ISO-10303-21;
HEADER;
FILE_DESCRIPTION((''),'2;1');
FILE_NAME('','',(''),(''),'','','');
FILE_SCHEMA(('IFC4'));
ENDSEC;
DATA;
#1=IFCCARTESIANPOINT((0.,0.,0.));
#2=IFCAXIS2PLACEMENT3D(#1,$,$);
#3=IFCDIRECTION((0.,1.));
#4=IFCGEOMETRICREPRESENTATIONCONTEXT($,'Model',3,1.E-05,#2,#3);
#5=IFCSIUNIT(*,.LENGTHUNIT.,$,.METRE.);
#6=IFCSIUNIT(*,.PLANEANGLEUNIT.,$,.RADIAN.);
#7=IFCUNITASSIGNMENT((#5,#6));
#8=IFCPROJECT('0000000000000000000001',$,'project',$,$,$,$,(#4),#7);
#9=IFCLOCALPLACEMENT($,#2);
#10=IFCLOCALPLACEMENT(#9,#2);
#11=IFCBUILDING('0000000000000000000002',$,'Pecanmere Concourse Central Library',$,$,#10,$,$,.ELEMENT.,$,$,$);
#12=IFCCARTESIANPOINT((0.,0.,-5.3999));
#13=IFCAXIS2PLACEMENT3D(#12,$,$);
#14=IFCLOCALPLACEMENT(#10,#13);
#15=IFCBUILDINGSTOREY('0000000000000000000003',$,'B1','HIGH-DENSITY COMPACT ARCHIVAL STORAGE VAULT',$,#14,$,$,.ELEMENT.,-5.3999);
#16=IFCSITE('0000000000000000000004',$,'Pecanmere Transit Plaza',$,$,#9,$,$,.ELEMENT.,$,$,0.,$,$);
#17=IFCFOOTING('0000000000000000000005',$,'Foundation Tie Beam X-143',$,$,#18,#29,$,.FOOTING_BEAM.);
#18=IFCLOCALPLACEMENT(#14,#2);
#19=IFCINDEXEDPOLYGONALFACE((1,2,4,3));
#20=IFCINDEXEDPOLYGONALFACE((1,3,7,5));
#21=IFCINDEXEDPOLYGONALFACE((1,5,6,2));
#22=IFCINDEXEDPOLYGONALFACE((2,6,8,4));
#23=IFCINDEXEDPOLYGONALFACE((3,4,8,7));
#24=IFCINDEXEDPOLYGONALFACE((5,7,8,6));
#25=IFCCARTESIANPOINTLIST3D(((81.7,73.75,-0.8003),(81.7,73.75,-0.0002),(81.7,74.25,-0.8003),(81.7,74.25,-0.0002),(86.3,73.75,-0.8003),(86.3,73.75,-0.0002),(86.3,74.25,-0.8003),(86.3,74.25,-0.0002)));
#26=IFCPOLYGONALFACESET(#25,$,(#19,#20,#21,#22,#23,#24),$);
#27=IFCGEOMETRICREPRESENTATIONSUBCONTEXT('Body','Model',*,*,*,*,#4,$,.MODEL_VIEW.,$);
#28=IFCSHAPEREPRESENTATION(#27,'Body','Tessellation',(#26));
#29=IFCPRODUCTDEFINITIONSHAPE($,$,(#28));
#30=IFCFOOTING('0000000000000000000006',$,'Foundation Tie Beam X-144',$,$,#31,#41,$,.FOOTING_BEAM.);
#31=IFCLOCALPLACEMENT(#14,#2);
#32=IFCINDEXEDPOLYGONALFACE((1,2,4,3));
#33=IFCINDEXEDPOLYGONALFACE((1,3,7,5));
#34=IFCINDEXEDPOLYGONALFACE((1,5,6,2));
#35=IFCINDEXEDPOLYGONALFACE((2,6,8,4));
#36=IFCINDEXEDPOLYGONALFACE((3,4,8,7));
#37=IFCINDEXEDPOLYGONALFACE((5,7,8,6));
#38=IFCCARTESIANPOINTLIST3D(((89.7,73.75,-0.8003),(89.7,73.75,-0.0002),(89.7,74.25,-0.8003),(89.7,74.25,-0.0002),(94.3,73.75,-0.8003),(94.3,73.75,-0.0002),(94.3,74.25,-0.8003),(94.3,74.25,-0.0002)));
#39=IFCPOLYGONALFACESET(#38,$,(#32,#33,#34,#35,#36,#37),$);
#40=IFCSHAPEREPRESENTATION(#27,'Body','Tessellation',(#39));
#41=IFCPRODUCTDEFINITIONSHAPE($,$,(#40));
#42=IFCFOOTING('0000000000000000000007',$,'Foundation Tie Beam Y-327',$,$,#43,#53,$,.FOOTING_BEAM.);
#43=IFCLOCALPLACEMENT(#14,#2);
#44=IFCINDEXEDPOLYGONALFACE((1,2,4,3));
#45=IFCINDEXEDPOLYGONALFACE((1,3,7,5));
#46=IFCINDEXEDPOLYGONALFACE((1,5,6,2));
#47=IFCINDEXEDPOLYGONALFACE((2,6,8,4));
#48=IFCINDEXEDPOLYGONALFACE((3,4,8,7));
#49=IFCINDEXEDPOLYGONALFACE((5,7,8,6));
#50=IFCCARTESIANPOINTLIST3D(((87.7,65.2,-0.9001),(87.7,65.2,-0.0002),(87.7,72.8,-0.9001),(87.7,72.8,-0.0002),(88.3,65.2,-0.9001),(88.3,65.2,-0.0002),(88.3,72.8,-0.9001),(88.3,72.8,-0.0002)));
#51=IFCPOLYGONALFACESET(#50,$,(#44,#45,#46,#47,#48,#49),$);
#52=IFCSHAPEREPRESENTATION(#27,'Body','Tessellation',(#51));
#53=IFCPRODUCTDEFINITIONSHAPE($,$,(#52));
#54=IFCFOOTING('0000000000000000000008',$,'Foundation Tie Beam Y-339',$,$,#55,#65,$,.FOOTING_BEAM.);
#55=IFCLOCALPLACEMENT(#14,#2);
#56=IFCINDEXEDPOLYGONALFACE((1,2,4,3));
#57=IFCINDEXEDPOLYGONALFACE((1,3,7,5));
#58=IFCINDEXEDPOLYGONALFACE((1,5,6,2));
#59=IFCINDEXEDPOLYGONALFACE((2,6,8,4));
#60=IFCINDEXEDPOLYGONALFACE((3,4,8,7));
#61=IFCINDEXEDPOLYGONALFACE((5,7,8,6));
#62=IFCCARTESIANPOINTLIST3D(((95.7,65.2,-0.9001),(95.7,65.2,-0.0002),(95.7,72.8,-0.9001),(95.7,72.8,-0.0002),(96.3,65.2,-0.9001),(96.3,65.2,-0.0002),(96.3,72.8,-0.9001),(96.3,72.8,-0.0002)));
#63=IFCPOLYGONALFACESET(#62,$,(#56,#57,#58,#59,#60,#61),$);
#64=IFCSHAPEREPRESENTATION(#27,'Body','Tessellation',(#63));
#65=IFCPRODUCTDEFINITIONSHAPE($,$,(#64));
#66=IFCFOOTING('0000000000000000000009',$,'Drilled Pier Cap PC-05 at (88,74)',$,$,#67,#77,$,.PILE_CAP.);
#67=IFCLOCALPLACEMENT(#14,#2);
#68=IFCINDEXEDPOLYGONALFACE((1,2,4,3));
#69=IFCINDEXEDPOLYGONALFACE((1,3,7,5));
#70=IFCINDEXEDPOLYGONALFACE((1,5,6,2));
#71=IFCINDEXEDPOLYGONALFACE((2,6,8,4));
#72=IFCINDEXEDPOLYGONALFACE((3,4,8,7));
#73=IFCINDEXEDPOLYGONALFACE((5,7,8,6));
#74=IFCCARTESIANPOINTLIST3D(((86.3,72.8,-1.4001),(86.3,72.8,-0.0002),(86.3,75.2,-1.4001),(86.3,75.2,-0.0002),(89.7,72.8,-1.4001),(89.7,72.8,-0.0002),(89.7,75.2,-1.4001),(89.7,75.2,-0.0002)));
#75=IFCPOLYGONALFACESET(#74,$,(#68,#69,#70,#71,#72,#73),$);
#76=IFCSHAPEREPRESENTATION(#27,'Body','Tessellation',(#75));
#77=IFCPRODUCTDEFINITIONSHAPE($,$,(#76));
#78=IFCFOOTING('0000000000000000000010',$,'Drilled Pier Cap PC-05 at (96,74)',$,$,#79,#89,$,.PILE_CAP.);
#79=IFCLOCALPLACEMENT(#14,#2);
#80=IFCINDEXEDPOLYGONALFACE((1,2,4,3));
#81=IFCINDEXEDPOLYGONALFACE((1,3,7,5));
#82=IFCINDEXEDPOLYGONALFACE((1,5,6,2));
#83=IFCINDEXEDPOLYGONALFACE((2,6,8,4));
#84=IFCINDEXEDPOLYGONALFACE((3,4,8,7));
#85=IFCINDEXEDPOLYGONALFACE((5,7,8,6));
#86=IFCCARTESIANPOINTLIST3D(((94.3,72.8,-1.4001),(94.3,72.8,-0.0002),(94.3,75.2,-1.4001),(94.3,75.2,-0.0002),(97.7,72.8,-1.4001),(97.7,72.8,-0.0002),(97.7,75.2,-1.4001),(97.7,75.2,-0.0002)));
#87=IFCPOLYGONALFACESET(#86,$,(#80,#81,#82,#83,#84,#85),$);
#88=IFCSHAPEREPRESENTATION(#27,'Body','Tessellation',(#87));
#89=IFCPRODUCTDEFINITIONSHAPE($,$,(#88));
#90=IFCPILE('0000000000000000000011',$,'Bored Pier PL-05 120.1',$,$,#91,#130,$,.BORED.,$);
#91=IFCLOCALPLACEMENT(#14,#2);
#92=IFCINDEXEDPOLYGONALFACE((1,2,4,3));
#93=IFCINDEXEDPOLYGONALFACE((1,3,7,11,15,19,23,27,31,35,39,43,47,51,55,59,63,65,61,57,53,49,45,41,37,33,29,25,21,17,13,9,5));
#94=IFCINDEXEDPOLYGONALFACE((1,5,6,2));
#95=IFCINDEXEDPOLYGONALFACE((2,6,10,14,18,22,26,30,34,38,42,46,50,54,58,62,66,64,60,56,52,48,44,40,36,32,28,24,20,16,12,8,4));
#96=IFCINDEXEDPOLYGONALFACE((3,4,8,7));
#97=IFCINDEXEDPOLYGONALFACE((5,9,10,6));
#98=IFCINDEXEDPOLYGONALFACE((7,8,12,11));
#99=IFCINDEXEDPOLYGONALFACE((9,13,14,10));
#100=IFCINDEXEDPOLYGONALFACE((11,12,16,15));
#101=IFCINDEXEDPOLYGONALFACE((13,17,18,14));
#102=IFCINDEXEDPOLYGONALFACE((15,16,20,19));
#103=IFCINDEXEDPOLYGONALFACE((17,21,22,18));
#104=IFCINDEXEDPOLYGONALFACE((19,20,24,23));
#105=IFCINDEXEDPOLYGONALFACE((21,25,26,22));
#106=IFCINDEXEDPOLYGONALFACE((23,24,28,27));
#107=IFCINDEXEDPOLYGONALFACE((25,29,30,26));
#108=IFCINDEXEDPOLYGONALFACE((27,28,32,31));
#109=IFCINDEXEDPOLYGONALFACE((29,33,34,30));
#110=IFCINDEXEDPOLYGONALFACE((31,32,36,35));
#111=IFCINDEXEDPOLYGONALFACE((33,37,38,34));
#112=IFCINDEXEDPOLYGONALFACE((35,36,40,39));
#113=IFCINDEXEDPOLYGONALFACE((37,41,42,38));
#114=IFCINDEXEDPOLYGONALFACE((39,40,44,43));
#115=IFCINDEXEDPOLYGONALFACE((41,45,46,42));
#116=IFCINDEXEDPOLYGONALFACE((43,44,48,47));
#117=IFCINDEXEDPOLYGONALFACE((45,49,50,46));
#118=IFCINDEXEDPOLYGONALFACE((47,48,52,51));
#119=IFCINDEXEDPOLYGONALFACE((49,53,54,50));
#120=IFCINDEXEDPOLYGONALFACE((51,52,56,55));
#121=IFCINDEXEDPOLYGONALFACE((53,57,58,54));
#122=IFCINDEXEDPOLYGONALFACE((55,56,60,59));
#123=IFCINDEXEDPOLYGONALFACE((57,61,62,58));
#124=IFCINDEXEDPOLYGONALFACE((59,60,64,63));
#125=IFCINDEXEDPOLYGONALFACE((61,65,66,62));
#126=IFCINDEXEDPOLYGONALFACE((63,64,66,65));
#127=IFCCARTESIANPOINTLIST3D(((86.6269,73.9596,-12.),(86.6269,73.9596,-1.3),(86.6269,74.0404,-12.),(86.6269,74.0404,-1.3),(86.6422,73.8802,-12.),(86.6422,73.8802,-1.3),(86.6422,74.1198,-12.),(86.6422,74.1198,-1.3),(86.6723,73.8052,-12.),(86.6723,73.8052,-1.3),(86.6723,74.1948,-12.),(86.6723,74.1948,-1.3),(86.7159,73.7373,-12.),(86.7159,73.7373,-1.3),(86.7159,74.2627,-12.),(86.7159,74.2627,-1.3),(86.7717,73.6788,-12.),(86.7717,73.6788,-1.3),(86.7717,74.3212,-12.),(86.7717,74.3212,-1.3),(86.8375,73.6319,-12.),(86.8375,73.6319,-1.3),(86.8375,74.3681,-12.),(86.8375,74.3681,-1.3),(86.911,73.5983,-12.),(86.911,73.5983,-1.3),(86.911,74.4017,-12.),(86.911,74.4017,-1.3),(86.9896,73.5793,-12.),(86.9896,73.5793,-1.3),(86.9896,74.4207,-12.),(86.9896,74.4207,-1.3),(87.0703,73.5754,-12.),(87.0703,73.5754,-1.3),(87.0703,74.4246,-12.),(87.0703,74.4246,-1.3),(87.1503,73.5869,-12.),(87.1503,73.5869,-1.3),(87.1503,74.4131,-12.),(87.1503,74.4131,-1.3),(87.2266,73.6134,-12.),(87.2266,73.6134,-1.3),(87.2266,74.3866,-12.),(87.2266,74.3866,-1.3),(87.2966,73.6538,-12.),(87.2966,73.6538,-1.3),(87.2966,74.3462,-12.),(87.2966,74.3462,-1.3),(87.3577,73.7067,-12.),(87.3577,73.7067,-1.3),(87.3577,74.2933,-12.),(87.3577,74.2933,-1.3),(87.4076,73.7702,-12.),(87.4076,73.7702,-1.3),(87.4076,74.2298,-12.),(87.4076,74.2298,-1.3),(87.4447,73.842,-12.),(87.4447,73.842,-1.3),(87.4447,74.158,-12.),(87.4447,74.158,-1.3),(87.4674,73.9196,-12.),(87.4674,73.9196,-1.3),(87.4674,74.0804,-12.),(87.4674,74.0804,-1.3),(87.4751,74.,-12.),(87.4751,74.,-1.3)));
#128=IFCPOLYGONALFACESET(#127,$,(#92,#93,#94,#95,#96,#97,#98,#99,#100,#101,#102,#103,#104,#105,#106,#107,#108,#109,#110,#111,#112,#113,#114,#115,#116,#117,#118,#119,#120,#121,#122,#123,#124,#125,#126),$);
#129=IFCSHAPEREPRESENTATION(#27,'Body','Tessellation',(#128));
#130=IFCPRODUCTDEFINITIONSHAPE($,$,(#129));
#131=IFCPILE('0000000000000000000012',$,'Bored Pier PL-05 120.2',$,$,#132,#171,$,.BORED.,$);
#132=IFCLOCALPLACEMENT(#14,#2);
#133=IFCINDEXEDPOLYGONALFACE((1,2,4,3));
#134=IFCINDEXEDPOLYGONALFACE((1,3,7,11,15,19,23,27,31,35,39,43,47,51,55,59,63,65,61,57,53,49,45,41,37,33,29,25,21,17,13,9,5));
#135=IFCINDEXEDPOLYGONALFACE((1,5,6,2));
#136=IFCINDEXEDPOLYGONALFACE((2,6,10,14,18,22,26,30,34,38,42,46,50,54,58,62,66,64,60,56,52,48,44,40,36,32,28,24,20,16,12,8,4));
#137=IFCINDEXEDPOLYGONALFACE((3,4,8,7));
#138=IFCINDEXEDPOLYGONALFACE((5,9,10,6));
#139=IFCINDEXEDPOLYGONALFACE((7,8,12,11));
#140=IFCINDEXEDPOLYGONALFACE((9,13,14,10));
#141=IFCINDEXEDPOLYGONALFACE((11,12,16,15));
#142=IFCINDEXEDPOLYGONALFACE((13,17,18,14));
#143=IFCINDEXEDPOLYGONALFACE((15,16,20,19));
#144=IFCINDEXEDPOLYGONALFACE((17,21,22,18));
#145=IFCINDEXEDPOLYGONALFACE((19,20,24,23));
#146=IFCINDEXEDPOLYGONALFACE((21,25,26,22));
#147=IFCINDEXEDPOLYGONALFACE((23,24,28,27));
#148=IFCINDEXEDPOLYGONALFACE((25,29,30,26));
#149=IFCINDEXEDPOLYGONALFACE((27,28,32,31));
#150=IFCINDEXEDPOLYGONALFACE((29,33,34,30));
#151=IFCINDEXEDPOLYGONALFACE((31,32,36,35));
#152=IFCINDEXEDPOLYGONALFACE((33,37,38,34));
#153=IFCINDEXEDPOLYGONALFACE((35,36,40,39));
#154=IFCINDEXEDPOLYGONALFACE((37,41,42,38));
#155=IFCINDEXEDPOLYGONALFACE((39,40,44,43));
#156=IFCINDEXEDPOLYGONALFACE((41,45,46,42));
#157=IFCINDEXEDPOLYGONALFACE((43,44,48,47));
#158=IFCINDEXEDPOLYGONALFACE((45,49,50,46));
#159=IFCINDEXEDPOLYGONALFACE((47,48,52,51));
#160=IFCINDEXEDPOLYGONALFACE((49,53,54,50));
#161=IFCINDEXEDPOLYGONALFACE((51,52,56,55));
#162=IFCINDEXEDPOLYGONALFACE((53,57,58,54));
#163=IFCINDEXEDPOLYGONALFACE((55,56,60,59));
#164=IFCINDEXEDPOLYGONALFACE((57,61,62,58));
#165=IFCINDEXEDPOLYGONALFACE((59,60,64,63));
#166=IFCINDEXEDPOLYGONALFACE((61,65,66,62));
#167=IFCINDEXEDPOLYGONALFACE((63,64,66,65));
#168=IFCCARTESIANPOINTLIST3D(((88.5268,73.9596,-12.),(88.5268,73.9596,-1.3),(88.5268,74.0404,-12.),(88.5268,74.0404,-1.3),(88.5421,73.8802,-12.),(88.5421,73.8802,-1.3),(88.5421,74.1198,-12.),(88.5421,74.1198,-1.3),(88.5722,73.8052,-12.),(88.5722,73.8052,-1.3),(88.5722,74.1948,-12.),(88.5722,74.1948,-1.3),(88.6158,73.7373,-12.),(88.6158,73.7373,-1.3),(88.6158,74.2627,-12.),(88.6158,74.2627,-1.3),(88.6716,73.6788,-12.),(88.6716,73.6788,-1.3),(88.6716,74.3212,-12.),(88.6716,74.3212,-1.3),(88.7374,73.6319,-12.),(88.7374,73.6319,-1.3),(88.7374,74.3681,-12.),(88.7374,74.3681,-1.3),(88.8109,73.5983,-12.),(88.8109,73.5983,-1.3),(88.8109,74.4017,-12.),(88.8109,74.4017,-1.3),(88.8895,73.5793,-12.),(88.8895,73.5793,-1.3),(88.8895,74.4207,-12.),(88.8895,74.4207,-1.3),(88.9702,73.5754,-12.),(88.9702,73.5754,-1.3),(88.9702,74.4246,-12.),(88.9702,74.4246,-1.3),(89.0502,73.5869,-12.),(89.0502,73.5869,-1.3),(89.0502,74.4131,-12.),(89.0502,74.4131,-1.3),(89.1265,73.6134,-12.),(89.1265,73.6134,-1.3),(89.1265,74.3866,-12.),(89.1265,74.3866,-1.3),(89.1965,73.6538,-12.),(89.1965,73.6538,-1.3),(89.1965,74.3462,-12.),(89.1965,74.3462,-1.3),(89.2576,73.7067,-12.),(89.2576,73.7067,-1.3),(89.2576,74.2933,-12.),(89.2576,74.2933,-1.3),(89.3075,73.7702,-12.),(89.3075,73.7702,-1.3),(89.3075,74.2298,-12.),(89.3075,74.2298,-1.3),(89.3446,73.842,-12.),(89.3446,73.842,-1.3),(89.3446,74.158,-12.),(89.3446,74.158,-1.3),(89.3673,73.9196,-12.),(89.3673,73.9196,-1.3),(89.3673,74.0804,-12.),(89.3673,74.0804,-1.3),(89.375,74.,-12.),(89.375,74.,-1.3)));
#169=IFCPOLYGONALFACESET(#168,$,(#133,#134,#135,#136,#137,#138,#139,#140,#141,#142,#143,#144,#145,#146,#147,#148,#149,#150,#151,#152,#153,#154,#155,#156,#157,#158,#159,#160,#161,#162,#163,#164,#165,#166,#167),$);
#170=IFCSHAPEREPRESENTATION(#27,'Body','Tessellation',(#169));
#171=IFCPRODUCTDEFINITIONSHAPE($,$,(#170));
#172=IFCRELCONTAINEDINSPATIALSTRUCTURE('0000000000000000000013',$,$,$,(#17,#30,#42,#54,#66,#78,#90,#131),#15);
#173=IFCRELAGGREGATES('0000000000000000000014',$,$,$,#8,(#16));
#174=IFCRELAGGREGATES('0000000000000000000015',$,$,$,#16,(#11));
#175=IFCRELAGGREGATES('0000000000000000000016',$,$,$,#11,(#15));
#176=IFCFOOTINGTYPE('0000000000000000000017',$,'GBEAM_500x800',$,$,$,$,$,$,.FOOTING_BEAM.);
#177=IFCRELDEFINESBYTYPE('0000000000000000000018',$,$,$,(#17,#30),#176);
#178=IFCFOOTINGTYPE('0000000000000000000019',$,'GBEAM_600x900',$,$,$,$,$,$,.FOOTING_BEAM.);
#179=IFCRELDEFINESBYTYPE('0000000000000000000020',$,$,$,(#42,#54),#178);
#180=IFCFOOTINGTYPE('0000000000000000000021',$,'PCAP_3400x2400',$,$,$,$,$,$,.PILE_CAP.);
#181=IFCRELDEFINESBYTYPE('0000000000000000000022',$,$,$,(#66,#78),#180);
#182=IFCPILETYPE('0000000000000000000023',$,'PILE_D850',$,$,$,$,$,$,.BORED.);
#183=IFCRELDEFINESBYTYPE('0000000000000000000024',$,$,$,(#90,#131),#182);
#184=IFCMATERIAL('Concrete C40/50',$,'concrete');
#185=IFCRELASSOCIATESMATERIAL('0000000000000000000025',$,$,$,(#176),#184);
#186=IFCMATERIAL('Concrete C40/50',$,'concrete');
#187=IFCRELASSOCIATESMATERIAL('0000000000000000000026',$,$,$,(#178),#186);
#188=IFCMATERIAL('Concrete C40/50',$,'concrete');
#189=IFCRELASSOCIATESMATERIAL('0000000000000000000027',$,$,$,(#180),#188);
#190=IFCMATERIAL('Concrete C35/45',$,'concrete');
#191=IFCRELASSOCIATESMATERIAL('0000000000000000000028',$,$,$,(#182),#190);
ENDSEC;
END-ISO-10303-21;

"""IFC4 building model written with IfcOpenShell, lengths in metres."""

from ifc_helpers import new_model, si_unit, direction, frame, origin, origin_2d, place, context, subcontext, project, spatial, rectangle, circle, extrude, material, material_profile, profile_set, type_object, element, save


model = new_model("IFC4")

# Units and contexts
model_context = context("Model", 3, precision=1e-05, world=origin(), true_north=direction((0.0, 1.0)))
body_context = subcontext(model_context, "Body", "Model", "MODEL_VIEW")
ifc_project = project(units=[si_unit("LENGTHUNIT", "METRE"), si_unit("PLANEANGLEUNIT", "RADIAN")], contexts=[model_context])

# Site, building, storey
site_placement = place(None, origin())
site = spatial("IfcSite", under=ifc_project, at=site_placement, Name="Pecanmere Transit Plaza", CompositionType="ELEMENT", RefElevation=0.0)
building_placement = place(site_placement, origin())
building = spatial("IfcBuilding", under=site, at=building_placement, Name="Pecanmere Concourse Central Library", CompositionType="ELEMENT")
storey_placement = place(building_placement, frame((0.0, 0.0, -5.3999)))
storey = spatial("IfcBuildingStorey", under=building, at=storey_placement, Name="B1", Description="HIGH-DENSITY COMPACT ARCHIVAL STORAGE VAULT", CompositionType="ELEMENT", Elevation=-5.3999)

# Footings
ifc_material_1 = material(Name="Concrete C40/50", Category="concrete")
ifc_material_profile_1 = material_profile(ifc_material_1, rectangle(XDim=0.5, YDim=0.8, at=origin_2d()), Name="RC 500x800")
ifc_profile_set_1 = profile_set([ifc_material_profile_1], Name="Concrete C40/50")
footing_type_1 = type_object("IfcFootingType", Name="GBEAM_500x800", PredefinedType="FOOTING_BEAM", material=ifc_profile_set_1)
for number, where, z_axis, x_axis, name in (
    (1, (84.0, 74.0, -0.8003), (0.0, 0.0, 1.0), (1.0, 0.0, 0.0), "Foundation Tie Beam X-143"),
    (2, (92.0, 74.0, -0.8003), (0.0, 0.0, 1.0), (1.0, 0.0, 0.0), "Foundation Tie Beam X-144"),
):
    element("IfcFooting", number, at=place(storey_placement, frame(where, z_axis=z_axis, x_axis=x_axis)), inside=storey, type_object=footing_type_1, Name=name, PredefinedType="FOOTING_BEAM", context=body_context, shape_type="SweptSolid", body=[
        extrude(rectangle(XDim=4.6001, YDim=0.5, at=origin_2d()), origin(), (0.0, 0.0, 1.0), 0.8),
    ])
ifc_material_2 = material(Name="Concrete C40/50", Category="concrete")
ifc_material_profile_2 = material_profile(ifc_material_2, rectangle(XDim=0.6001, YDim=0.8999, at=origin_2d()), Name="RC 600x900")
ifc_profile_set_2 = profile_set([ifc_material_profile_2], Name="Concrete C40/50")
footing_type_2 = type_object("IfcFootingType", Name="GBEAM_600x900", PredefinedType="FOOTING_BEAM", material=ifc_profile_set_2)
for number, where, z_axis, x_axis, name in (
    (3, (88.0, 69.0, -0.9001), (0.0, 0.0, 1.0), (0.0, 1.0, 0.0), "Foundation Tie Beam Y-327"),
    (4, (96.0, 69.0, -0.9001), (0.0, 0.0, 1.0), (0.0, 1.0, 0.0), "Foundation Tie Beam Y-339"),
):
    element("IfcFooting", number, at=place(storey_placement, frame(where, z_axis=z_axis, x_axis=x_axis)), inside=storey, type_object=footing_type_2, Name=name, PredefinedType="FOOTING_BEAM", context=body_context, shape_type="SweptSolid", body=[
        extrude(rectangle(XDim=7.6001, YDim=0.6001, at=origin_2d()), origin(), (0.0, 0.0, 1.0), 0.8999),
    ])
ifc_material_3 = material(Name="Concrete C40/50", Category="concrete")
footing_type_3 = type_object("IfcFootingType", Name="PCAP_3400x2400", PredefinedType="PILE_CAP", material=ifc_material_3)
for number, where, z_axis, x_axis, name in (
    (5, (88.0, 74.0, -1.4001), (0.0, 0.0, 1.0), (1.0, 0.0, 0.0), "Drilled Pier Cap PC-05 at (88,74)"),
    (6, (96.0, 74.0, -1.4001), (0.0, 0.0, 1.0), (1.0, 0.0, 0.0), "Drilled Pier Cap PC-05 at (96,74)"),
):
    element("IfcFooting", number, at=place(storey_placement, frame(where, z_axis=z_axis, x_axis=x_axis)), inside=storey, type_object=footing_type_3, Name=name, PredefinedType="PILE_CAP", context=body_context, shape_type="SweptSolid", body=[
        extrude(rectangle(XDim=3.3999, YDim=2.3999, at=origin_2d()), origin(), (0.0, 0.0, 1.0), 1.3999),
    ])

# Piles
ifc_material_4 = material(Name="Concrete C35/45", Category="concrete")
ifc_material_profile_3 = material_profile(ifc_material_4, circle(Radius=0.425, at=origin_2d()), Name="PIER D850")
ifc_profile_set_3 = profile_set([ifc_material_profile_3], Name="Concrete C35/45")
pile_type = type_object("IfcPileType", Name="PILE_D850", PredefinedType="BORED", material=ifc_profile_set_3)
for number, where, z_axis, x_axis, name in (
    (7, (87.05, 74.0, -1.3), (0.0, 0.0, -1.0), (1.0, 0.0, 0.0), "Bored Pier PL-05 120.1"),
    (8, (88.95, 74.0, -1.3), (0.0, 0.0, -1.0), (1.0, 0.0, 0.0), "Bored Pier PL-05 120.2"),
):
    element("IfcPile", number, at=place(storey_placement, frame(where, z_axis=z_axis, x_axis=x_axis)), inside=storey, type_object=pile_type, Name=name, PredefinedType="BORED", context=body_context, shape_type="SweptSolid", body=[
        extrude(circle(Radius=0.425, at=origin_2d()), origin(), (0.0, 0.0, 1.0), 10.7),
    ])

save(model, "model.ifc")
